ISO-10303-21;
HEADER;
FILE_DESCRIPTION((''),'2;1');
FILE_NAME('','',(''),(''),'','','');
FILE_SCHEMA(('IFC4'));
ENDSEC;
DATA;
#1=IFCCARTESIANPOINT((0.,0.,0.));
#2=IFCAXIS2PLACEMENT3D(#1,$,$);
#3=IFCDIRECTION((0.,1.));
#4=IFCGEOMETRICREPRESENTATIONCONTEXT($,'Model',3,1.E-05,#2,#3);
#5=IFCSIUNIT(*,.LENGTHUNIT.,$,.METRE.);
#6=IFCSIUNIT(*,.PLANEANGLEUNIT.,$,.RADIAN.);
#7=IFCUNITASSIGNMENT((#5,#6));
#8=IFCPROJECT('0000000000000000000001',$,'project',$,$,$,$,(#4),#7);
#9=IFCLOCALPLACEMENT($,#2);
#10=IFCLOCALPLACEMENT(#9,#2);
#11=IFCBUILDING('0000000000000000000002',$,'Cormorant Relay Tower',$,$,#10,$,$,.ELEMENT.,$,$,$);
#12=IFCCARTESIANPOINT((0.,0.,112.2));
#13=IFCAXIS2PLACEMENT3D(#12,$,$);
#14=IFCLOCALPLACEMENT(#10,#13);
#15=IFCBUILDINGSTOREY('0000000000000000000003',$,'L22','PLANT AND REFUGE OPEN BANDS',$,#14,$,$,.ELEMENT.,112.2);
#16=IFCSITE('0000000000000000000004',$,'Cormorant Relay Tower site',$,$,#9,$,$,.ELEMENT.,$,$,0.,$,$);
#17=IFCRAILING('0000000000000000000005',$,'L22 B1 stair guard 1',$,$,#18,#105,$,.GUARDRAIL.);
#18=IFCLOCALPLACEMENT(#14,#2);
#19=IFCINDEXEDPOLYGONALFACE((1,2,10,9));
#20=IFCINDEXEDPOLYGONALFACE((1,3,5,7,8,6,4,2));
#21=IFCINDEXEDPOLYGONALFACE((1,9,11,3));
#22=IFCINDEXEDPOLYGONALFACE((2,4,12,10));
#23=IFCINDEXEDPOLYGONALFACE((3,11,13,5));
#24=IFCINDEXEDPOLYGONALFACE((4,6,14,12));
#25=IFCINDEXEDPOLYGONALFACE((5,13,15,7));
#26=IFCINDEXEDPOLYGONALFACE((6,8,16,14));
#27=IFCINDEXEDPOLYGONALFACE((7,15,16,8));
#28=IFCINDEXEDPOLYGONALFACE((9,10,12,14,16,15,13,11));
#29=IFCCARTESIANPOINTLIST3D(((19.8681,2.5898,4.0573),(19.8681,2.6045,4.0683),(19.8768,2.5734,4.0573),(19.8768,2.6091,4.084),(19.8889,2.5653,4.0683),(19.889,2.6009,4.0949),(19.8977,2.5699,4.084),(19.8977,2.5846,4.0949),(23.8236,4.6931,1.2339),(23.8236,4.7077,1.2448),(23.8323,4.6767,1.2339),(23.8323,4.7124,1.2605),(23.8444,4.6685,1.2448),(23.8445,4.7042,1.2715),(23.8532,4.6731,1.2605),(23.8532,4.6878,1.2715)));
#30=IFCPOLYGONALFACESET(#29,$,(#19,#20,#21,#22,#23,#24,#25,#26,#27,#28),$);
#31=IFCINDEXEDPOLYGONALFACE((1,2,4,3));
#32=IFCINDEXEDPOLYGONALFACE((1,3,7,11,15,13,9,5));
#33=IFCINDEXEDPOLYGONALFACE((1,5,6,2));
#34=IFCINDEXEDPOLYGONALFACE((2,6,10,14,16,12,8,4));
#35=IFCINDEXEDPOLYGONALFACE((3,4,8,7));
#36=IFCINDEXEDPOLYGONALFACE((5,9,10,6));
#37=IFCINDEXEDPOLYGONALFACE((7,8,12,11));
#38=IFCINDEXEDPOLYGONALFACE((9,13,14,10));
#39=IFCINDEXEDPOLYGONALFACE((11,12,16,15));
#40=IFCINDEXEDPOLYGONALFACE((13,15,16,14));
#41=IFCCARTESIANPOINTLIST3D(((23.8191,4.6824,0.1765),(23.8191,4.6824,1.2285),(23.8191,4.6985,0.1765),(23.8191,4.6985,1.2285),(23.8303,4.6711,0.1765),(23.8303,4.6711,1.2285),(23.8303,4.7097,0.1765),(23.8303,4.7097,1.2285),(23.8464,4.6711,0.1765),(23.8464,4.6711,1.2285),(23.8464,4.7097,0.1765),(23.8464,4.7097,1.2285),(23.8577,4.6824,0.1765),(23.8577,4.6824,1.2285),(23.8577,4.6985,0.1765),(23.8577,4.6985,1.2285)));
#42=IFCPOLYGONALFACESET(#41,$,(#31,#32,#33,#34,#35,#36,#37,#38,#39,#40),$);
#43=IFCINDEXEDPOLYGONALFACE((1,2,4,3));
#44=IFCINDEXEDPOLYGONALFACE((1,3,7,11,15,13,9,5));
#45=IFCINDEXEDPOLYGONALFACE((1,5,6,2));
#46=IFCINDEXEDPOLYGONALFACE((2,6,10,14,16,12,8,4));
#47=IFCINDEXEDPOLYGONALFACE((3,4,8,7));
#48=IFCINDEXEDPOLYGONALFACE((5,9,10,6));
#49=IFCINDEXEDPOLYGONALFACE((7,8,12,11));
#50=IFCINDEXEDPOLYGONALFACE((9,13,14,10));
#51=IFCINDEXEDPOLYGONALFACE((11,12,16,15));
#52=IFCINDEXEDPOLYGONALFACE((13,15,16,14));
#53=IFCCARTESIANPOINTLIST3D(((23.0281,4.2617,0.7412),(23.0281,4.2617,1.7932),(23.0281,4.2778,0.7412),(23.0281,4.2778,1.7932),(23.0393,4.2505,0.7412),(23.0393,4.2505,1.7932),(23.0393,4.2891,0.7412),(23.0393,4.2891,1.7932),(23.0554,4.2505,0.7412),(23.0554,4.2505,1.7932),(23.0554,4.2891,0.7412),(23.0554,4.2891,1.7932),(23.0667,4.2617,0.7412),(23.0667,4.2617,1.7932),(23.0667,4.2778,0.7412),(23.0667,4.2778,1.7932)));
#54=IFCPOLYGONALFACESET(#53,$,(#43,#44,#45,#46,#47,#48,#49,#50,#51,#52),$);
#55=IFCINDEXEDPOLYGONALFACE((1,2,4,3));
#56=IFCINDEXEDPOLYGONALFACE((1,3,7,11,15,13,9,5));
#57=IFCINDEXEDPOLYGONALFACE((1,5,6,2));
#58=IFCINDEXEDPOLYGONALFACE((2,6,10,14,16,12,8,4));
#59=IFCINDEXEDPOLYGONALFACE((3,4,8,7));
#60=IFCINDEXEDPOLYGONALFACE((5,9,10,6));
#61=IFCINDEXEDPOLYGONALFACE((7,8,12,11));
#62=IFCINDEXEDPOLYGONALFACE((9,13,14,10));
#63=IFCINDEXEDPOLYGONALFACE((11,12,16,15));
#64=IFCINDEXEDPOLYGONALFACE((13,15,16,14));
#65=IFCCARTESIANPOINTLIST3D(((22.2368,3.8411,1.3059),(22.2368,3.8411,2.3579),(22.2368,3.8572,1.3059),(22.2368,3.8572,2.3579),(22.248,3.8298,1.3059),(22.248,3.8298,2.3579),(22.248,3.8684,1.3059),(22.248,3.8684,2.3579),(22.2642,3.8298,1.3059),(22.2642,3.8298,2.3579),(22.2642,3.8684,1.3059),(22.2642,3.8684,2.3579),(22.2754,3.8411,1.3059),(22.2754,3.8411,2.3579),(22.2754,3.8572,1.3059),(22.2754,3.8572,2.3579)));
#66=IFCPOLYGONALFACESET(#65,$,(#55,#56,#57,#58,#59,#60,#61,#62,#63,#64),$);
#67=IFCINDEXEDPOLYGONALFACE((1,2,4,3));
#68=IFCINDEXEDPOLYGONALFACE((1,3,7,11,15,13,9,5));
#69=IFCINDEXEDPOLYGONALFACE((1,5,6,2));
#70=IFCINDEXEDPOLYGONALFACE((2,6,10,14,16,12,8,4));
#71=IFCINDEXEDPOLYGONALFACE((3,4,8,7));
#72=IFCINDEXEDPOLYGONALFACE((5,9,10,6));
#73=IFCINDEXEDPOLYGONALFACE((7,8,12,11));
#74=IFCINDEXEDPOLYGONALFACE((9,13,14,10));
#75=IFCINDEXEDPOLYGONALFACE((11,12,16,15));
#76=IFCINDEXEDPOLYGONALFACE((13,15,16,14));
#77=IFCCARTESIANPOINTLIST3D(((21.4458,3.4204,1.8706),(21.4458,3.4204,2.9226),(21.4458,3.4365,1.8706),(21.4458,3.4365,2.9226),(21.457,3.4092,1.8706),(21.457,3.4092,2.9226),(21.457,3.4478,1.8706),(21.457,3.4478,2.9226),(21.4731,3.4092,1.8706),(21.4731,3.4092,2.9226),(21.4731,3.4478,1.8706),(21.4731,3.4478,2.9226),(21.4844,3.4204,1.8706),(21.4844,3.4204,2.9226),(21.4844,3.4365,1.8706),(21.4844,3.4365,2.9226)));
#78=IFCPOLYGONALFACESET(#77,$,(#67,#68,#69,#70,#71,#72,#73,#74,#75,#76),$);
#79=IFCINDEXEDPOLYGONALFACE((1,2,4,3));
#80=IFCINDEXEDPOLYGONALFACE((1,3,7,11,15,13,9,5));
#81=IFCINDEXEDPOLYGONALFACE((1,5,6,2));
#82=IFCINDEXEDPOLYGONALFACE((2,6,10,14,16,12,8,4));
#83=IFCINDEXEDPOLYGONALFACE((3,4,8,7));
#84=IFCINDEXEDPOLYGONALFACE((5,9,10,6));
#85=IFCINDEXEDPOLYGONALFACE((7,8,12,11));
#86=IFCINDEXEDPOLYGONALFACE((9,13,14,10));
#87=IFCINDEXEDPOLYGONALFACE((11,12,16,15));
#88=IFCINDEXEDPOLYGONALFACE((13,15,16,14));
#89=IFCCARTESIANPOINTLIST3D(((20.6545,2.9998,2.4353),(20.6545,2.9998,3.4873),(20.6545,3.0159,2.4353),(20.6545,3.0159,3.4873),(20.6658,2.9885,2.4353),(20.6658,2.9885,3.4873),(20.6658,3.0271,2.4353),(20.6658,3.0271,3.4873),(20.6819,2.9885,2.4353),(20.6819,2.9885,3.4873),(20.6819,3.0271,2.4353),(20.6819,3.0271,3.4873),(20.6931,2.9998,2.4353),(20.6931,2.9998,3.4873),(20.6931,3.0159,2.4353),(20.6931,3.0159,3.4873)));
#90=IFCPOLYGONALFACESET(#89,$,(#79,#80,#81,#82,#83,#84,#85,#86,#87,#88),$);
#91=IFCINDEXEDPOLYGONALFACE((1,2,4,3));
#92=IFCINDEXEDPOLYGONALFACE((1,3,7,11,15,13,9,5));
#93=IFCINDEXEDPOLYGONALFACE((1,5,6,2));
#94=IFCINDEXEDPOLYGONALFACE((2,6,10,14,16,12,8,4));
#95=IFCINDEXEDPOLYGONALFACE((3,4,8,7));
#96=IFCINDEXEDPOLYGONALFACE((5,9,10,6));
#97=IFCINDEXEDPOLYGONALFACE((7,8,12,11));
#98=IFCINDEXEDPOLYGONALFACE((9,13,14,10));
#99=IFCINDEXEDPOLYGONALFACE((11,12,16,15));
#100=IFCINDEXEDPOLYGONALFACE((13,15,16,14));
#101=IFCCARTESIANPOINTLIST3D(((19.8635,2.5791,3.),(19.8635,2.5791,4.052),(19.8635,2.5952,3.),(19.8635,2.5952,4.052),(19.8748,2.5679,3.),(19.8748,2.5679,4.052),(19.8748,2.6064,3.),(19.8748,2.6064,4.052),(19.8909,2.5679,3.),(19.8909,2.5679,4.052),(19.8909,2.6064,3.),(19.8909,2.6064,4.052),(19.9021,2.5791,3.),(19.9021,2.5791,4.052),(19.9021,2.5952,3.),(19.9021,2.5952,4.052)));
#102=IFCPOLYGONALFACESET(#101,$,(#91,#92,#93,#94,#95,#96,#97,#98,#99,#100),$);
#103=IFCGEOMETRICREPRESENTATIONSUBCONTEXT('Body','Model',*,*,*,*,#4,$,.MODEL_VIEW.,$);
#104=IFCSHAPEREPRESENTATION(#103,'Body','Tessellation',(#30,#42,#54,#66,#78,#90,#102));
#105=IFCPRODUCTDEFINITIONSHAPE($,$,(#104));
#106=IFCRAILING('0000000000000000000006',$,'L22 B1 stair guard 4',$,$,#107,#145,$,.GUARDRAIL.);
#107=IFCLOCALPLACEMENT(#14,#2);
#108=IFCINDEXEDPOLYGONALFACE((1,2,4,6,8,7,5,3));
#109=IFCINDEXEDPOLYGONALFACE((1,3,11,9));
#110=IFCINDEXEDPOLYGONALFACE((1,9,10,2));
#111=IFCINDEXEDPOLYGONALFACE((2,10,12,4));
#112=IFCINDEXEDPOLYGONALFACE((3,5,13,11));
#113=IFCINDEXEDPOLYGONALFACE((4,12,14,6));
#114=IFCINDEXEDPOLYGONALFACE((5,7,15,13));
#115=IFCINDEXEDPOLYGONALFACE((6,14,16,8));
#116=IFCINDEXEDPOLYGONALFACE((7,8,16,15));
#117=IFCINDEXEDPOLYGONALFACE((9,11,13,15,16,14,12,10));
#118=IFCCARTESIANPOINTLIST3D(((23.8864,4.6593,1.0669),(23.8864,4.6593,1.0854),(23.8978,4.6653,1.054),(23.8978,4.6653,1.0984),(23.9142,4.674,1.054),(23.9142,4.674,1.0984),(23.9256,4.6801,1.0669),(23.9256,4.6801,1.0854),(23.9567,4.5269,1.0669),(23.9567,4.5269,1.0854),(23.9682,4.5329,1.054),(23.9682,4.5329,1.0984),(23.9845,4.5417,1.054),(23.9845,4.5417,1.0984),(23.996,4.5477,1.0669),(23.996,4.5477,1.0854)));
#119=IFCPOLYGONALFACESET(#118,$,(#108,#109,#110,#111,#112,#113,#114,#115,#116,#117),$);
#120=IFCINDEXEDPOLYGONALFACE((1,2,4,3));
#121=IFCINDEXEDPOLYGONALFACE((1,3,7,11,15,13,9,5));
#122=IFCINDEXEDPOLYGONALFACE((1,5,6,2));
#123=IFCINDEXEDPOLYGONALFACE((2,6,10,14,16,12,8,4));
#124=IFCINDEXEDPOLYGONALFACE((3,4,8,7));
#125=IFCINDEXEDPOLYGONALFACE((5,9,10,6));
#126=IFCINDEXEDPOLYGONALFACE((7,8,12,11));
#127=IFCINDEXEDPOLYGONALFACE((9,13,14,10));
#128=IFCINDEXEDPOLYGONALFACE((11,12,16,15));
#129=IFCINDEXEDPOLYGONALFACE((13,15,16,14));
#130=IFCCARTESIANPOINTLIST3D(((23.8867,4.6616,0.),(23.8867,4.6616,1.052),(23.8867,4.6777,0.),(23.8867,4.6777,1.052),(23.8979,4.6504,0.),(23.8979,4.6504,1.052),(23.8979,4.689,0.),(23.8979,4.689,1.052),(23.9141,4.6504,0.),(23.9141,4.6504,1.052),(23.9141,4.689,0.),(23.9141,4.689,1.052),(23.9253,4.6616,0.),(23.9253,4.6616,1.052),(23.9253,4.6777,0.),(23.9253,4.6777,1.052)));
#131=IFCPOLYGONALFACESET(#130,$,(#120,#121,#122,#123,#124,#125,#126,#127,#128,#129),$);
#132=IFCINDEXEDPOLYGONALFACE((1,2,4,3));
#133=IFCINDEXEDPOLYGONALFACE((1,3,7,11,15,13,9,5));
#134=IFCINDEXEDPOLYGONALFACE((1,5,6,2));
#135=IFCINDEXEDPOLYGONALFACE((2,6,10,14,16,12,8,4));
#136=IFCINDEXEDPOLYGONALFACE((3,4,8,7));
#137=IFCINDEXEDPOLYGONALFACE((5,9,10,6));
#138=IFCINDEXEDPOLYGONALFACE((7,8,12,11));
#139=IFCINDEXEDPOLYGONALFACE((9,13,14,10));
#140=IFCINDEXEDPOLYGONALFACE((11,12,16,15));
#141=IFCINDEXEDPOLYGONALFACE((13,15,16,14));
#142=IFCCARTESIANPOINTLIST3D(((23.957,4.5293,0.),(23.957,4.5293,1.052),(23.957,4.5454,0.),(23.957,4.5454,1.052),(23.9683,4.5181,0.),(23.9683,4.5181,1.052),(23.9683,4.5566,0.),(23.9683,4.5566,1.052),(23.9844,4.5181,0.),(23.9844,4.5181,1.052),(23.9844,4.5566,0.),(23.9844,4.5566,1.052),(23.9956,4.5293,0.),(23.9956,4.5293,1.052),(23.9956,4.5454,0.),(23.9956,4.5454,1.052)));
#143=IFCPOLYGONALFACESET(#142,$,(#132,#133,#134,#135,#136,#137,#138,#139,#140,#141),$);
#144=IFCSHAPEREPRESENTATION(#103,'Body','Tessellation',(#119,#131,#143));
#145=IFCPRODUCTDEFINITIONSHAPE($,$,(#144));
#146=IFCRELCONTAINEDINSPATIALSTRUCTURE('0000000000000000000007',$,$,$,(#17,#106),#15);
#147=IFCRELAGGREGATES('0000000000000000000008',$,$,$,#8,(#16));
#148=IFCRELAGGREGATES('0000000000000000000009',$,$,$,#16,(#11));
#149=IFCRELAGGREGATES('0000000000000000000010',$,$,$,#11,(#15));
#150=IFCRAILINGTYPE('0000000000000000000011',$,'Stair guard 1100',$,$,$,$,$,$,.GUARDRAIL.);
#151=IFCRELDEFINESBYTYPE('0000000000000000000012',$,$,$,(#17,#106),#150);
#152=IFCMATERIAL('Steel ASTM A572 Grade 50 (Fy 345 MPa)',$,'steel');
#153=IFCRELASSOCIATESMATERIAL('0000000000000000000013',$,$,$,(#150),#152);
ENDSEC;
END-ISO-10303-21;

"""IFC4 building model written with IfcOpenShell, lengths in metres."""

from ifc_helpers import new_model, si_unit, direction, frame, origin, place, context, subcontext, project, spatial, polyline, outline, extrude, material, type_object, element, save


model = new_model("IFC4")

# Units and contexts
model_context = context("Model", 3, precision=1e-05, world=origin(), true_north=direction((0.0, 1.0)))
body_context = subcontext(model_context, "Body", "Model", "MODEL_VIEW")
ifc_project = project(units=[si_unit("LENGTHUNIT", "METRE"), si_unit("PLANEANGLEUNIT", "RADIAN")], contexts=[model_context])

# Site, building, storey
site_placement = place(None, origin())
site = spatial("IfcSite", under=ifc_project, at=site_placement, Name="Cormorant Relay Tower site", CompositionType="ELEMENT", RefElevation=0.0)
building_placement = place(site_placement, origin())
building = spatial("IfcBuilding", under=site, at=building_placement, Name="Cormorant Relay Tower", CompositionType="ELEMENT")
storey_placement = place(building_placement, frame((0.0, 0.0, 112.2)))
storey = spatial("IfcBuildingStorey", under=building, at=storey_placement, Name="L22", Description="PLANT AND REFUGE OPEN BANDS", CompositionType="ELEMENT", Elevation=112.2)

# Railings
ifc_material_1 = material(Name="Steel ASTM A572 Grade 50 (Fy 345 MPa)", Category="steel")
railing_type_1 = type_object("IfcRailingType", Name="Stair guard 1100", PredefinedType="GUARDRAIL", material=ifc_material_1)
railing_1_placement = place(storey_placement, frame((23.8384, 4.6904, 0.1765)))
element("IfcRailing", 1, at=railing_1_placement, inside=storey, type_object=railing_type_1, Name="L22 B1 stair guard 1", PredefinedType="GUARDRAIL", context=body_context, shape_type="SweptSolid", body=[
    extrude(outline(polyline([(0.0222, 0.0093), (0.0093, 0.0222), (-0.0093, 0.0222), (-0.0222, 0.0093), (-0.0222, -0.0093), (-0.0093, -0.0222), (0.0093, -0.0222), (0.0222, -0.0093), (0.0222, 0.0093)])), frame((0.0, 0.0, 1.0762), z_axis=(-0.746967, -0.397181, 0.533186), x_axis=(0.469482, -0.882942, 0.0)), (0.0, 0.0, 1.0), 5.2954),
    extrude(outline(polyline([(0.0193, 0.0081), (0.0081, 0.0193), (-0.0081, 0.0193), (-0.0193, 0.0081), (-0.0193, -0.0081), (-0.0081, -0.0193), (0.0081, -0.0193), (0.0193, -0.0081), (0.0193, 0.0081)])), origin(), (0.0, 0.0, 1.0), 1.052),
    extrude(outline(polyline([(0.0193, 0.0081), (0.0081, 0.0193), (-0.0081, 0.0193), (-0.0193, 0.0081), (-0.0193, -0.0081), (-0.0081, -0.0193), (0.0081, -0.0193), (0.0193, -0.0081), (0.0193, 0.0081)])), frame((-0.791, -0.4207, 0.5647)), (0.0, 0.0, 1.0), 1.052),
    extrude(outline(polyline([(0.0193, 0.0081), (0.0081, 0.0193), (-0.0081, 0.0193), (-0.0193, 0.0081), (-0.0193, -0.0081), (-0.0081, -0.0193), (0.0081, -0.0193), (0.0193, -0.0081), (0.0193, 0.0081)])), frame((-1.5823, -0.8413, 1.1294)), (0.0, 0.0, 1.0), 1.052),
    extrude(outline(polyline([(0.0193, 0.0081), (0.0081, 0.0193), (-0.0081, 0.0193), (-0.0193, 0.0081), (-0.0193, -0.0081), (-0.0081, -0.0193), (0.0081, -0.0193), (0.0193, -0.0081), (0.0193, 0.0081)])), frame((-2.3733, -1.262, 1.6941)), (0.0, 0.0, 1.0), 1.052),
    extrude(outline(polyline([(0.0193, 0.0081), (0.0081, 0.0193), (-0.0081, 0.0193), (-0.0193, 0.0081), (-0.0193, -0.0081), (-0.0081, -0.0193), (0.0081, -0.0193), (0.0193, -0.0081), (0.0193, 0.0081)])), frame((-3.1646, -1.6826, 2.2588)), (0.0, 0.0, 1.0), 1.052),
    extrude(outline(polyline([(0.0193, 0.0081), (0.0081, 0.0193), (-0.0081, 0.0193), (-0.0193, 0.0081), (-0.0193, -0.0081), (-0.0081, -0.0193), (0.0081, -0.0193), (0.0193, -0.0081), (0.0193, 0.0081)])), frame((-3.9556, -2.1033, 2.8235)), (0.0, 0.0, 1.0), 1.052),
])
railing_2_placement = place(storey_placement, frame((23.906, 4.6697, 0.0)))
element("IfcRailing", 2, at=railing_2_placement, inside=storey, type_object=railing_type_1, Name="L22 B1 stair guard 4", PredefinedType="GUARDRAIL", context=body_context, shape_type="SweptSolid", body=[
    extrude(outline(polyline([(0.0222, 0.0093), (0.0093, 0.0222), (-0.0093, 0.0222), (-0.0222, 0.0093), (-0.0222, -0.0093), (-0.0093, -0.0222), (0.0093, -0.0222), (0.0222, -0.0093), (0.0222, 0.0093)])), frame((0.0, 0.0, 1.0762), z_axis=(0.469235, -0.883074, 0.0), x_axis=(0.883074, 0.469235, 0.0)), (0.0, 0.0, 1.0), 0.1499),
    extrude(outline(polyline([(0.0193, 0.0081), (0.0081, 0.0193), (-0.0081, 0.0193), (-0.0193, 0.0081), (-0.0193, -0.0081), (-0.0081, -0.0193), (0.0081, -0.0193), (0.0193, -0.0081), (0.0193, 0.0081)])), origin(), (0.0, 0.0, 1.0), 1.052),
    extrude(outline(polyline([(0.0193, 0.0081), (0.0081, 0.0193), (-0.0081, 0.0193), (-0.0193, 0.0081), (-0.0193, -0.0081), (-0.0081, -0.0193), (0.0081, -0.0193), (0.0193, -0.0081), (0.0193, 0.0081)])), frame((0.0703, -0.1323, 0.0)), (0.0, 0.0, 1.0), 1.052),
])

save(model, "model.ifc")
